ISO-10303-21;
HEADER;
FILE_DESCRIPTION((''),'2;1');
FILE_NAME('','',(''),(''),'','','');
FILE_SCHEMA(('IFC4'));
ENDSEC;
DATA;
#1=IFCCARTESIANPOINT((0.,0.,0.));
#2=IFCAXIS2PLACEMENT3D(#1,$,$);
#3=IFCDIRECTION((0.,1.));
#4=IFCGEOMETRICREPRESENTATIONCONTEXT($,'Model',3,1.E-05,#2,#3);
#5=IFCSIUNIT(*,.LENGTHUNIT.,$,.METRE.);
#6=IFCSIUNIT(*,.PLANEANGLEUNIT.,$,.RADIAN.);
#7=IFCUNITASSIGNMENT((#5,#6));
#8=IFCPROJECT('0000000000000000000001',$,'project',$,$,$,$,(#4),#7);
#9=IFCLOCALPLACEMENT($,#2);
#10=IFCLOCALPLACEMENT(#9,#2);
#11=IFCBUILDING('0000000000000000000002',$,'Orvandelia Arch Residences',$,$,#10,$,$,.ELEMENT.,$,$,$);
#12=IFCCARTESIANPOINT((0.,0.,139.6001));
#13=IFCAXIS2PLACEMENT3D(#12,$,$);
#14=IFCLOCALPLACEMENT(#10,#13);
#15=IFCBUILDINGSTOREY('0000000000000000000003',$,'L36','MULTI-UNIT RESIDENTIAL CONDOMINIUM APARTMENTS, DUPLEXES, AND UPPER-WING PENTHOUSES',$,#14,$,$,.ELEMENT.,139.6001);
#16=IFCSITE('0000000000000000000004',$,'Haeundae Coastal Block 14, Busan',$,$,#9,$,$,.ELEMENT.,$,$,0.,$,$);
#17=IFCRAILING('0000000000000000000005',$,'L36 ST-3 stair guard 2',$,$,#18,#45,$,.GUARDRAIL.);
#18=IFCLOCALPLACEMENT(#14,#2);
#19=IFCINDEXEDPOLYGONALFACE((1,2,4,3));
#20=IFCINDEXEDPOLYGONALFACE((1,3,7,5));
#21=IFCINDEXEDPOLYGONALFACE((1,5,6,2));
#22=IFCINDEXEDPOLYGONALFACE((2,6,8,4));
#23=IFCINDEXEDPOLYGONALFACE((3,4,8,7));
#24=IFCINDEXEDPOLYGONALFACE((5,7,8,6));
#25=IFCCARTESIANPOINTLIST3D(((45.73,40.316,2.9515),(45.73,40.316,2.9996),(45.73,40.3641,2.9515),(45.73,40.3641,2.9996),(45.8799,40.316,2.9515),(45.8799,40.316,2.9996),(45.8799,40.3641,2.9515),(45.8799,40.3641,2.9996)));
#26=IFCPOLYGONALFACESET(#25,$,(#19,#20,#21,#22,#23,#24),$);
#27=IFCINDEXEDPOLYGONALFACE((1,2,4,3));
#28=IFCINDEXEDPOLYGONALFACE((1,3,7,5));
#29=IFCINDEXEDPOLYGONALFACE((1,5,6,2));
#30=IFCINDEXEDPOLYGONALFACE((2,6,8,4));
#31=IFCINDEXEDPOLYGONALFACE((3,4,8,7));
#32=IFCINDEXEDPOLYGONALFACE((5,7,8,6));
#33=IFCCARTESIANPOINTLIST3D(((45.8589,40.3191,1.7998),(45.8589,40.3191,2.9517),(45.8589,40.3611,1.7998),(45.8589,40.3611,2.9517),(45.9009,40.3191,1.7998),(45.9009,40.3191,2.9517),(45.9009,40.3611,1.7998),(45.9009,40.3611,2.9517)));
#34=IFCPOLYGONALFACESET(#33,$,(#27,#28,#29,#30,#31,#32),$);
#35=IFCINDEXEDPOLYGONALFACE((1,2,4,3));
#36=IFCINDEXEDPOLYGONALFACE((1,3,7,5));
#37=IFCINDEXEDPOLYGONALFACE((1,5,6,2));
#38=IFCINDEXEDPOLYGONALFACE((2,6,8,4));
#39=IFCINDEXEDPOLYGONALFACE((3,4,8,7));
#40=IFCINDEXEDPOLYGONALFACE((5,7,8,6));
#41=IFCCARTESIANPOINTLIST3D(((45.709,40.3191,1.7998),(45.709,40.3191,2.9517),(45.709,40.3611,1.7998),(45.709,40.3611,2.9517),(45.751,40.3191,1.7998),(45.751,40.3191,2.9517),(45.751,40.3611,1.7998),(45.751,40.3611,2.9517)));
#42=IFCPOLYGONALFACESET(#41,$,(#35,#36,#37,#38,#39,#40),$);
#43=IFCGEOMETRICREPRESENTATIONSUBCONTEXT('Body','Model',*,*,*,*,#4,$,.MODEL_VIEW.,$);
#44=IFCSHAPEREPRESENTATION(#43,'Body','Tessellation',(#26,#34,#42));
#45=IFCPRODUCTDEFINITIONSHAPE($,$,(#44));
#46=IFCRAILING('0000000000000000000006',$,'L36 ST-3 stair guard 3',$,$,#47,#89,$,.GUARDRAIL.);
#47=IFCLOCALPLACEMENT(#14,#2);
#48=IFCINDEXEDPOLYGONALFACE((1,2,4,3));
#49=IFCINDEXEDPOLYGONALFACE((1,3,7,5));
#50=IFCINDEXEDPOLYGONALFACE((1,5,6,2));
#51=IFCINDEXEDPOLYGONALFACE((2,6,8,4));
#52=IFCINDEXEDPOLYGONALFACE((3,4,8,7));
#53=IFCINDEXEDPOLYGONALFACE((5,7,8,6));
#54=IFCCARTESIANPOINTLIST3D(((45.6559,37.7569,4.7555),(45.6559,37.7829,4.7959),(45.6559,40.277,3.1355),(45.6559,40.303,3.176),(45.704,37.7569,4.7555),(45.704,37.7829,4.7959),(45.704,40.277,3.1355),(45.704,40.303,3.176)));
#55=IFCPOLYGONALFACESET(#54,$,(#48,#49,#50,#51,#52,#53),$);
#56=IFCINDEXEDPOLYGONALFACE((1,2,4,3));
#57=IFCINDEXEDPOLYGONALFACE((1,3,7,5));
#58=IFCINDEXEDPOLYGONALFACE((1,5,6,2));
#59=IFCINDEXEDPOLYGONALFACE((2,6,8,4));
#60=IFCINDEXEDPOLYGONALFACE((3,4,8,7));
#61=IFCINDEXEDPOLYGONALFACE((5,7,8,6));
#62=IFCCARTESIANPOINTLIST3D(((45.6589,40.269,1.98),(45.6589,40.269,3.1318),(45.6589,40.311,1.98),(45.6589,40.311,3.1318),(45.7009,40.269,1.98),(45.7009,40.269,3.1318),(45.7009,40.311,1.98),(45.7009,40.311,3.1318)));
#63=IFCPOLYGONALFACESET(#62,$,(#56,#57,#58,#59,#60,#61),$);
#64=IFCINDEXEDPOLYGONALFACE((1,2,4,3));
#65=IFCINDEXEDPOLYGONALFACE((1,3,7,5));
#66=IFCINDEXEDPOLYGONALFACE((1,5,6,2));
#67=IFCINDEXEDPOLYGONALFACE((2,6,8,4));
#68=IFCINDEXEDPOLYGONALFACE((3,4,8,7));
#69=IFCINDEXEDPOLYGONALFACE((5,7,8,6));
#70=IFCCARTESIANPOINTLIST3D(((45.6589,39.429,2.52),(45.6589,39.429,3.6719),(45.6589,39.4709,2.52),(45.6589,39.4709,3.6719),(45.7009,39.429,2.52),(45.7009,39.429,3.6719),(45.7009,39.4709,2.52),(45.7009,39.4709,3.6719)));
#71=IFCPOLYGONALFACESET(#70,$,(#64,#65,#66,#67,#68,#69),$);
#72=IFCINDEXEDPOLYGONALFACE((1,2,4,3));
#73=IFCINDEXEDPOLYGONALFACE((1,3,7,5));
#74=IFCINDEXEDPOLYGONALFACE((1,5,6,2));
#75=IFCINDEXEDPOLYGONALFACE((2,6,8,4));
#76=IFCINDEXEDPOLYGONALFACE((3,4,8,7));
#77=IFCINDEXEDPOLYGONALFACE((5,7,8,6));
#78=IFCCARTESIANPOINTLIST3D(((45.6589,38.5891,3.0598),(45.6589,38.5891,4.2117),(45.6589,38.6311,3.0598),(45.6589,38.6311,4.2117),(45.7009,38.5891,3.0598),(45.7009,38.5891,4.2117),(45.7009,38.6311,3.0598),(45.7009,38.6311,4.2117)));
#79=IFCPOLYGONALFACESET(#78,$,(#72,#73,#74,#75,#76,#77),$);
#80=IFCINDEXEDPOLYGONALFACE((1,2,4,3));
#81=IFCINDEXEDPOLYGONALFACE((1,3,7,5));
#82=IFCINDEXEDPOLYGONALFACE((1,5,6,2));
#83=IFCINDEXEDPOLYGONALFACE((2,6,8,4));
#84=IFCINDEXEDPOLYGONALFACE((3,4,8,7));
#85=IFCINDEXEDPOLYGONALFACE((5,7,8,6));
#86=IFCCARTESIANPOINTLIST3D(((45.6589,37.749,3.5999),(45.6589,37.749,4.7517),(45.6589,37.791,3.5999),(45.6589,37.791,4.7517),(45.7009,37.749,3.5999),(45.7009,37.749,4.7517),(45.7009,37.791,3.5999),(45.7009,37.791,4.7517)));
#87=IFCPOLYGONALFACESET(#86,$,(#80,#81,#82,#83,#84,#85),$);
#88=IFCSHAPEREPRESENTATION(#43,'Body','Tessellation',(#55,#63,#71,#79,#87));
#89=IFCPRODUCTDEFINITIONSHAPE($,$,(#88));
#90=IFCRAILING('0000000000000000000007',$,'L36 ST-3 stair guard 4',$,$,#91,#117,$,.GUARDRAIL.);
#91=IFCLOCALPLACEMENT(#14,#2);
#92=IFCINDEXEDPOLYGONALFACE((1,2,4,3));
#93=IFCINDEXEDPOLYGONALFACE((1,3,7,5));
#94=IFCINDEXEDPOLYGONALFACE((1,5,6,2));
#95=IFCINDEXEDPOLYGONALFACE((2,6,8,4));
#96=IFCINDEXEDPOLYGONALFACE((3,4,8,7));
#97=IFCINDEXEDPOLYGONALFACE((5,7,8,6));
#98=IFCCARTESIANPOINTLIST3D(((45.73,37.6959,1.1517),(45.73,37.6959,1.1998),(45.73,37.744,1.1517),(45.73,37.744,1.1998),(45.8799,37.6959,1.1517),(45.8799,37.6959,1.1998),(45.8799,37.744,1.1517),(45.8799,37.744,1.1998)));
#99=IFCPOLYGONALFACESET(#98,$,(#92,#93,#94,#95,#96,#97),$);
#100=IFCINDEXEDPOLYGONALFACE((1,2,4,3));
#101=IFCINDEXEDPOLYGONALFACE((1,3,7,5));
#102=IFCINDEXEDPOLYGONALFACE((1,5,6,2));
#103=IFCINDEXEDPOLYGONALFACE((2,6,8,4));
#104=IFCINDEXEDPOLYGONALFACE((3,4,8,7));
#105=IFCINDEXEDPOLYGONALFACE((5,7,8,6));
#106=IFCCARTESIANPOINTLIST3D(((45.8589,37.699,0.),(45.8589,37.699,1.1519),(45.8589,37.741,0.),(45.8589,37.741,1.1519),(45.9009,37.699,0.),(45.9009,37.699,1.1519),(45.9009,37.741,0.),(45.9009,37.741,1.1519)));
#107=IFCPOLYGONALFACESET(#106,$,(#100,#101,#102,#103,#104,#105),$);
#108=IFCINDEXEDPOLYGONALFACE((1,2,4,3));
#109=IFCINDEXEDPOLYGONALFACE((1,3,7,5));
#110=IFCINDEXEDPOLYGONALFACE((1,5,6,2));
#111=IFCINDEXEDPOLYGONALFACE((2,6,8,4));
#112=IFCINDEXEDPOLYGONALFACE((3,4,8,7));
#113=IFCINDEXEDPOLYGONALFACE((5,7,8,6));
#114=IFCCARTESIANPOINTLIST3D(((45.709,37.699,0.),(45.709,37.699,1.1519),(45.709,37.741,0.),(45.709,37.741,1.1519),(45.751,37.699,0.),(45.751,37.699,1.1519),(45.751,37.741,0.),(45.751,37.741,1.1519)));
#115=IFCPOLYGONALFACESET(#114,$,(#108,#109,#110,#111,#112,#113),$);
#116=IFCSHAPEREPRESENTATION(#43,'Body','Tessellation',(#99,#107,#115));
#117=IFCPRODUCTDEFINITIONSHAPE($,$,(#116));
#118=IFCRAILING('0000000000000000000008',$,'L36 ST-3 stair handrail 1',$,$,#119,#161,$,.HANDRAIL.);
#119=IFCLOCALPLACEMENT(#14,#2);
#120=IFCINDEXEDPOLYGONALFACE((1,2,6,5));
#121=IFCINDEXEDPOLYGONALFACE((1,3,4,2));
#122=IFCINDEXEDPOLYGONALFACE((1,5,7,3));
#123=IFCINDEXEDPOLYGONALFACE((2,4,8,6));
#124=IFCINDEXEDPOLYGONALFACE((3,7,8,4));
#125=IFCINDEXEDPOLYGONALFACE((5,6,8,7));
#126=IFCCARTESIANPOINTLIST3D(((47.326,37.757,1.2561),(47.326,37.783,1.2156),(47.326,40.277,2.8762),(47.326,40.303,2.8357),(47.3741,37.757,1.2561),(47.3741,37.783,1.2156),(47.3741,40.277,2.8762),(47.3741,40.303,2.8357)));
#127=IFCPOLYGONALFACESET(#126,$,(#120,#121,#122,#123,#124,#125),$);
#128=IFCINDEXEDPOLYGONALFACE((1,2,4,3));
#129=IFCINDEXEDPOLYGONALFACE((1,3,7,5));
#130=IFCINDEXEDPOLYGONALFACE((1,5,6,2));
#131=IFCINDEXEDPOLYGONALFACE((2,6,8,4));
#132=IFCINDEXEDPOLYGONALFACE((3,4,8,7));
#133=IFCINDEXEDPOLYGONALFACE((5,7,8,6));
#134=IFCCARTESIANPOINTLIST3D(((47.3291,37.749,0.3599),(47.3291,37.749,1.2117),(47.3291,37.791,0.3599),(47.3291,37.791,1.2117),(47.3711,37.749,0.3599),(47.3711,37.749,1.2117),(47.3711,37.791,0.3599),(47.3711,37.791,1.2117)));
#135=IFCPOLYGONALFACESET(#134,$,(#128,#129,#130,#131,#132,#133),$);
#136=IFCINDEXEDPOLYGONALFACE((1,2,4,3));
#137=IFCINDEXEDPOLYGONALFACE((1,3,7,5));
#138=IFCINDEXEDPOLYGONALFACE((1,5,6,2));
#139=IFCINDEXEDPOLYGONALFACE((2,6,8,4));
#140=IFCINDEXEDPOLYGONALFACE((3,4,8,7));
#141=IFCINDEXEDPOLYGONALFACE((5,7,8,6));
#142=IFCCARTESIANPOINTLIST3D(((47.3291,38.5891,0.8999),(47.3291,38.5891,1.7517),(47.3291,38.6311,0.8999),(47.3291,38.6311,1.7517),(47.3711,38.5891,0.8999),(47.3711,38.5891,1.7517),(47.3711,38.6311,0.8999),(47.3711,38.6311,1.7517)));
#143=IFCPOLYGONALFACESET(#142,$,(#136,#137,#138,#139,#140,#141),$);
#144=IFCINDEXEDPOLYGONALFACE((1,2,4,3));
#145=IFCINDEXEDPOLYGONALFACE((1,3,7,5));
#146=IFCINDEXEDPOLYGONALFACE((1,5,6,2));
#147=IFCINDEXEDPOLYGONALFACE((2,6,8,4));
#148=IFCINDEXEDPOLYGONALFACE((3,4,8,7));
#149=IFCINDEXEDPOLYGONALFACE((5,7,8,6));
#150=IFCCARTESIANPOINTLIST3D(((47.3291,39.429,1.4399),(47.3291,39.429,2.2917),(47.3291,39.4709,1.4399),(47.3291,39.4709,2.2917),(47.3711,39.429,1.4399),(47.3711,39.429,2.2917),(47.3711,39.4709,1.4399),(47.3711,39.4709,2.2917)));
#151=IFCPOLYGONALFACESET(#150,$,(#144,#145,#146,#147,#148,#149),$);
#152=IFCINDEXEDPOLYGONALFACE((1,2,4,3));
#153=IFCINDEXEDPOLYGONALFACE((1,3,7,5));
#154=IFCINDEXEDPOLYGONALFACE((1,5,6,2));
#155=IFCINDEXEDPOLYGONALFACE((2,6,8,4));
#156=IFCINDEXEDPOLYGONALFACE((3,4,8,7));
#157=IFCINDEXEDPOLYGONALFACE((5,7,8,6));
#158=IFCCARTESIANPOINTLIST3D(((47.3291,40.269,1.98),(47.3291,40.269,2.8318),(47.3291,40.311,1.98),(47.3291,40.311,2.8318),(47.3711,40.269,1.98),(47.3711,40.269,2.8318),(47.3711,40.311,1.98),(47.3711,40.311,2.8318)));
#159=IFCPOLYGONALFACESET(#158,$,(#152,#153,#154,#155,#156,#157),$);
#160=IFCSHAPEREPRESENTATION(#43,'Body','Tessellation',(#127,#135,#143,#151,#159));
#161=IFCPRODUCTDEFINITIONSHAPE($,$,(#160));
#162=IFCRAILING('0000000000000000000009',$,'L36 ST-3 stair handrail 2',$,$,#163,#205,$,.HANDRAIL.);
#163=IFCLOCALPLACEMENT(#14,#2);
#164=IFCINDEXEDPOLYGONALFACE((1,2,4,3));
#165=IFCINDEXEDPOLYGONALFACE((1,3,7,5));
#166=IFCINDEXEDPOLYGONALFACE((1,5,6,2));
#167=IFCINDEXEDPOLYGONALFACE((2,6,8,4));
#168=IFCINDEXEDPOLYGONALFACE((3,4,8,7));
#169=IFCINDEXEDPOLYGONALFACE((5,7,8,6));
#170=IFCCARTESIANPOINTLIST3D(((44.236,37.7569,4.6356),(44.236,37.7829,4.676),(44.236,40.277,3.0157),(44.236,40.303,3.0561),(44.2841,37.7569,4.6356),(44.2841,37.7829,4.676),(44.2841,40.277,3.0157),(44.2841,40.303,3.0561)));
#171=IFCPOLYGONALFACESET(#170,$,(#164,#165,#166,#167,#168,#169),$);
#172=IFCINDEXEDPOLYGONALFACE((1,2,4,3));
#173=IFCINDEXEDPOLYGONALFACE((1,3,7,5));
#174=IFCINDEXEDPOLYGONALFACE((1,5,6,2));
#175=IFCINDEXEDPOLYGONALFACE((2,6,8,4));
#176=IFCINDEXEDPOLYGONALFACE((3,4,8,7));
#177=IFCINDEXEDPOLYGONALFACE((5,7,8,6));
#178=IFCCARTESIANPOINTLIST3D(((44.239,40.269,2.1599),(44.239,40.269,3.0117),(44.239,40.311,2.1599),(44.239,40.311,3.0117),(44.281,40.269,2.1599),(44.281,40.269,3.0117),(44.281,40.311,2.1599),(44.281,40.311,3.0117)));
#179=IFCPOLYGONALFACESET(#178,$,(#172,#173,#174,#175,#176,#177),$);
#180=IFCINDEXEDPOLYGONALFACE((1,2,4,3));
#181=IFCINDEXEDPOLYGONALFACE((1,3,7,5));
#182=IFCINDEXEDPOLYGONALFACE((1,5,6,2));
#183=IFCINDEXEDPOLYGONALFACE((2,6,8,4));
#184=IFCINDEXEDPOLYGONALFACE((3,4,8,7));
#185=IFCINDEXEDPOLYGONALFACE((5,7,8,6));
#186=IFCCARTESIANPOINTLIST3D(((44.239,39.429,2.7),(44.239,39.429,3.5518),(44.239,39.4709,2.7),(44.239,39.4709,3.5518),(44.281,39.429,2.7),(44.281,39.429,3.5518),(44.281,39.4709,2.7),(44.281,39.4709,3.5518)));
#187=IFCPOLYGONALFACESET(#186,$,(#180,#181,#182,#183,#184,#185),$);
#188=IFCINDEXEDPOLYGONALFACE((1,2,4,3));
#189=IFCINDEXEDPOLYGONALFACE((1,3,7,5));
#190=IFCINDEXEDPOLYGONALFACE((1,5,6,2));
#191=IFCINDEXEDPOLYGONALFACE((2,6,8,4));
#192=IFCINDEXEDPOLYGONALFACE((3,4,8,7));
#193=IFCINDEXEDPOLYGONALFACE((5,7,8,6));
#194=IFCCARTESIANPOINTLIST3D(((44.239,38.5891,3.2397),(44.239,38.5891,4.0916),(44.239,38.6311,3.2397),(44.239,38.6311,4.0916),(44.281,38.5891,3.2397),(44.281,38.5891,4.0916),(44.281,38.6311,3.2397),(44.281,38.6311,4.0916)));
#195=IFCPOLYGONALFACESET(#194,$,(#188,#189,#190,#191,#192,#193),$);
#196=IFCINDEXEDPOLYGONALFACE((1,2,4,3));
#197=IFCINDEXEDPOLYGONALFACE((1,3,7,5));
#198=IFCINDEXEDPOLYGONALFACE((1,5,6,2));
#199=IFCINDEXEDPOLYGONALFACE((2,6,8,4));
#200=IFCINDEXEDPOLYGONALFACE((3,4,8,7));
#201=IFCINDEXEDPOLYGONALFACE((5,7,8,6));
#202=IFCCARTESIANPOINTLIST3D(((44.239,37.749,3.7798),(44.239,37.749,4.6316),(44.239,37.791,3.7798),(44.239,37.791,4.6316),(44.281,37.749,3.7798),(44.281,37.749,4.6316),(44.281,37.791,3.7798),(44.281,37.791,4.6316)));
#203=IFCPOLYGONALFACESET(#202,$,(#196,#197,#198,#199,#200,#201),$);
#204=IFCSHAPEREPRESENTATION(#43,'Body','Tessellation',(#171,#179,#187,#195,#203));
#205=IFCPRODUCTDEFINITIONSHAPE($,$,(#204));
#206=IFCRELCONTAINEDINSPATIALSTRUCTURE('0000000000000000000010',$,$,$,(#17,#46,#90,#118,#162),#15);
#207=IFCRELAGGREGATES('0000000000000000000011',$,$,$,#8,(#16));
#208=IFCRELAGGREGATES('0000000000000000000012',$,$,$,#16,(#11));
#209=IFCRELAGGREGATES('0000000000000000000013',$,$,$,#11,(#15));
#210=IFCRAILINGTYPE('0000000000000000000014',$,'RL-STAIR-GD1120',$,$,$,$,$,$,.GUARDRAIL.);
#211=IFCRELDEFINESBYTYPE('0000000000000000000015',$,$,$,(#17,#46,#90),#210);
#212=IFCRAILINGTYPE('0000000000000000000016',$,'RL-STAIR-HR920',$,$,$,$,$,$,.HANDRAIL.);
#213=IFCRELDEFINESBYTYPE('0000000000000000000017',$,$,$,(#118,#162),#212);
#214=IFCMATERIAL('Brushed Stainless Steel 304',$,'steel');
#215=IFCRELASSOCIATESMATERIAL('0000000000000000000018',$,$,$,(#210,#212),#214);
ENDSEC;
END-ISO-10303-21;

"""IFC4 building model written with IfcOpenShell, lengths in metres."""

from ifc_helpers import new_model, si_unit, direction, frame, origin, origin_2d, place, context, subcontext, project, spatial, rectangle, extrude, material, type_object, element, save


model = new_model("IFC4")

# Units and contexts
model_context = context("Model", 3, precision=1e-05, world=origin(), true_north=direction((0.0, 1.0)))
body_context = subcontext(model_context, "Body", "Model", "MODEL_VIEW")
ifc_project = project(units=[si_unit("LENGTHUNIT", "METRE"), si_unit("PLANEANGLEUNIT", "RADIAN")], contexts=[model_context])

# Site, building, storey
site_placement = place(None, origin())
site = spatial("IfcSite", under=ifc_project, at=site_placement, Name="Haeundae Coastal Block 14, Busan", CompositionType="ELEMENT", RefElevation=0.0)
building_placement = place(site_placement, origin())
building = spatial("IfcBuilding", under=site, at=building_placement, Name="Orvandelia Arch Residences", CompositionType="ELEMENT")
storey_placement = place(building_placement, frame((0.0, 0.0, 139.6001)))
storey = spatial("IfcBuildingStorey", under=building, at=storey_placement, Name="L36", Description="MULTI-UNIT RESIDENTIAL CONDOMINIUM APARTMENTS, DUPLEXES, AND UPPER-WING PENTHOUSES", CompositionType="ELEMENT", Elevation=139.6001)

# Railings
ifc_material_1 = material(Name="Brushed Stainless Steel 304", Category="steel")
railing_type_1 = type_object("IfcRailingType", Name="RL-STAIR-GD1120", PredefinedType="GUARDRAIL", material=ifc_material_1)
railing_1_placement = place(storey_placement, frame((45.8799, 40.3401, 1.7998)))
element("IfcRailing", 1, at=railing_1_placement, inside=storey, type_object=railing_type_1, Name="L36 ST-3 stair guard 2", PredefinedType="GUARDRAIL", context=body_context, shape_type="SweptSolid", body=[
    extrude(rectangle(XDim=0.0481, YDim=0.0481, at=origin_2d()), frame((0.0, 0.0, 1.1758), z_axis=(-1.0, 0.0, 0.0), x_axis=(0.0, -1.0, 0.0)), (0.0, 0.0, 1.0), 0.1499),
    extrude(rectangle(XDim=0.042, YDim=0.042, at=origin_2d()), origin(), (0.0, 0.0, 1.0), 1.1519),
    extrude(rectangle(XDim=0.042, YDim=0.042, at=origin_2d()), frame((-0.1499, 0.0, 0.0)), (0.0, 0.0, 1.0), 1.1519),
])
railing_2_placement = place(storey_placement, frame((45.6799, 40.29, 1.98)))
element("IfcRailing", 2, at=railing_2_placement, inside=storey, type_object=railing_type_1, Name="L36 ST-3 stair guard 3", PredefinedType="GUARDRAIL", context=body_context, shape_type="SweptSolid", body=[
    extrude(rectangle(XDim=0.0481, YDim=0.0481, at=origin_2d()), frame((0.0, 0.0, 1.1758), z_axis=(0.0, -0.8412, 0.540725), x_axis=(1.0, 0.0, 0.0)), (0.0, 0.0, 1.0), 2.9958),
    extrude(rectangle(XDim=0.042, YDim=0.042, at=origin_2d()), origin(), (0.0, 0.0, 1.0), 1.1519),
    extrude(rectangle(XDim=0.042, YDim=0.042, at=origin_2d()), frame((0.0, -0.8401, 0.54)), (0.0, 0.0, 1.0), 1.1519),
    extrude(rectangle(XDim=0.042, YDim=0.042, at=origin_2d()), frame((0.0, -1.6799, 1.0798)), (0.0, 0.0, 1.0), 1.1519),
    extrude(rectangle(XDim=0.042, YDim=0.042, at=origin_2d()), frame((0.0, -2.52, 1.6199)), (0.0, 0.0, 1.0), 1.1519),
])
railing_3_placement = place(storey_placement, frame((45.8799, 37.72, 0.0)))
element("IfcRailing", 3, at=railing_3_placement, inside=storey, type_object=railing_type_1, Name="L36 ST-3 stair guard 4", PredefinedType="GUARDRAIL", context=body_context, shape_type="SweptSolid", body=[
    extrude(rectangle(XDim=0.0481, YDim=0.0481, at=origin_2d()), frame((0.0, 0.0, 1.1758), z_axis=(-1.0, 0.0, 0.0), x_axis=(0.0, -1.0, 0.0)), (0.0, 0.0, 1.0), 0.1499),
    extrude(rectangle(XDim=0.042, YDim=0.042, at=origin_2d()), origin(), (0.0, 0.0, 1.0), 1.1519),
    extrude(rectangle(XDim=0.042, YDim=0.042, at=origin_2d()), frame((-0.1499, 0.0, 0.0)), (0.0, 0.0, 1.0), 1.1519),
])
railing_type_2 = type_object("IfcRailingType", Name="RL-STAIR-HR920", PredefinedType="HANDRAIL", material=ifc_material_1)
railing_4_placement = place(storey_placement, frame((47.3501, 37.77, 0.3599)))
element("IfcRailing", 4, at=railing_4_placement, inside=storey, type_object=railing_type_2, Name="L36 ST-3 stair handrail 1", PredefinedType="HANDRAIL", context=body_context, shape_type="SweptSolid", body=[
    extrude(rectangle(XDim=0.0481, YDim=0.0481, at=origin_2d()), frame((0.0, 0.0, 0.876), z_axis=(0.0, 0.841163, 0.540782), x_axis=(-1.0, 0.0, 0.0)), (0.0, 0.0, 1.0), 2.9958),
    extrude(rectangle(XDim=0.042, YDim=0.042, at=origin_2d()), origin(), (0.0, 0.0, 1.0), 0.8518),
    extrude(rectangle(XDim=0.042, YDim=0.042, at=origin_2d()), frame((0.0, 0.8401, 0.54)), (0.0, 0.0, 1.0), 0.8518),
    extrude(rectangle(XDim=0.042, YDim=0.042, at=origin_2d()), frame((0.0, 1.6799, 1.0801)), (0.0, 0.0, 1.0), 0.8518),
    extrude(rectangle(XDim=0.042, YDim=0.042, at=origin_2d()), frame((0.0, 2.52, 1.6201)), (0.0, 0.0, 1.0), 0.8518),
])
railing_5_placement = place(storey_placement, frame((44.26, 40.29, 2.1599)))
element("IfcRailing", 5, at=railing_5_placement, inside=storey, type_object=railing_type_2, Name="L36 ST-3 stair handrail 2", PredefinedType="HANDRAIL", context=body_context, shape_type="SweptSolid", body=[
    extrude(rectangle(XDim=0.0481, YDim=0.0481, at=origin_2d()), frame((0.0, 0.0, 0.876), z_axis=(0.0, -0.8412, 0.540725), x_axis=(1.0, 0.0, 0.0)), (0.0, 0.0, 1.0), 2.9958),
    extrude(rectangle(XDim=0.042, YDim=0.042, at=origin_2d()), origin(), (0.0, 0.0, 1.0), 0.8518),
    extrude(rectangle(XDim=0.042, YDim=0.042, at=origin_2d()), frame((0.0, -0.8401, 0.54)), (0.0, 0.0, 1.0), 0.8518),
    extrude(rectangle(XDim=0.042, YDim=0.042, at=origin_2d()), frame((0.0, -1.6799, 1.0798)), (0.0, 0.0, 1.0), 0.8518),
    extrude(rectangle(XDim=0.042, YDim=0.042, at=origin_2d()), frame((0.0, -2.52, 1.6199)), (0.0, 0.0, 1.0), 0.8518),
])

save(model, "model.ifc")
